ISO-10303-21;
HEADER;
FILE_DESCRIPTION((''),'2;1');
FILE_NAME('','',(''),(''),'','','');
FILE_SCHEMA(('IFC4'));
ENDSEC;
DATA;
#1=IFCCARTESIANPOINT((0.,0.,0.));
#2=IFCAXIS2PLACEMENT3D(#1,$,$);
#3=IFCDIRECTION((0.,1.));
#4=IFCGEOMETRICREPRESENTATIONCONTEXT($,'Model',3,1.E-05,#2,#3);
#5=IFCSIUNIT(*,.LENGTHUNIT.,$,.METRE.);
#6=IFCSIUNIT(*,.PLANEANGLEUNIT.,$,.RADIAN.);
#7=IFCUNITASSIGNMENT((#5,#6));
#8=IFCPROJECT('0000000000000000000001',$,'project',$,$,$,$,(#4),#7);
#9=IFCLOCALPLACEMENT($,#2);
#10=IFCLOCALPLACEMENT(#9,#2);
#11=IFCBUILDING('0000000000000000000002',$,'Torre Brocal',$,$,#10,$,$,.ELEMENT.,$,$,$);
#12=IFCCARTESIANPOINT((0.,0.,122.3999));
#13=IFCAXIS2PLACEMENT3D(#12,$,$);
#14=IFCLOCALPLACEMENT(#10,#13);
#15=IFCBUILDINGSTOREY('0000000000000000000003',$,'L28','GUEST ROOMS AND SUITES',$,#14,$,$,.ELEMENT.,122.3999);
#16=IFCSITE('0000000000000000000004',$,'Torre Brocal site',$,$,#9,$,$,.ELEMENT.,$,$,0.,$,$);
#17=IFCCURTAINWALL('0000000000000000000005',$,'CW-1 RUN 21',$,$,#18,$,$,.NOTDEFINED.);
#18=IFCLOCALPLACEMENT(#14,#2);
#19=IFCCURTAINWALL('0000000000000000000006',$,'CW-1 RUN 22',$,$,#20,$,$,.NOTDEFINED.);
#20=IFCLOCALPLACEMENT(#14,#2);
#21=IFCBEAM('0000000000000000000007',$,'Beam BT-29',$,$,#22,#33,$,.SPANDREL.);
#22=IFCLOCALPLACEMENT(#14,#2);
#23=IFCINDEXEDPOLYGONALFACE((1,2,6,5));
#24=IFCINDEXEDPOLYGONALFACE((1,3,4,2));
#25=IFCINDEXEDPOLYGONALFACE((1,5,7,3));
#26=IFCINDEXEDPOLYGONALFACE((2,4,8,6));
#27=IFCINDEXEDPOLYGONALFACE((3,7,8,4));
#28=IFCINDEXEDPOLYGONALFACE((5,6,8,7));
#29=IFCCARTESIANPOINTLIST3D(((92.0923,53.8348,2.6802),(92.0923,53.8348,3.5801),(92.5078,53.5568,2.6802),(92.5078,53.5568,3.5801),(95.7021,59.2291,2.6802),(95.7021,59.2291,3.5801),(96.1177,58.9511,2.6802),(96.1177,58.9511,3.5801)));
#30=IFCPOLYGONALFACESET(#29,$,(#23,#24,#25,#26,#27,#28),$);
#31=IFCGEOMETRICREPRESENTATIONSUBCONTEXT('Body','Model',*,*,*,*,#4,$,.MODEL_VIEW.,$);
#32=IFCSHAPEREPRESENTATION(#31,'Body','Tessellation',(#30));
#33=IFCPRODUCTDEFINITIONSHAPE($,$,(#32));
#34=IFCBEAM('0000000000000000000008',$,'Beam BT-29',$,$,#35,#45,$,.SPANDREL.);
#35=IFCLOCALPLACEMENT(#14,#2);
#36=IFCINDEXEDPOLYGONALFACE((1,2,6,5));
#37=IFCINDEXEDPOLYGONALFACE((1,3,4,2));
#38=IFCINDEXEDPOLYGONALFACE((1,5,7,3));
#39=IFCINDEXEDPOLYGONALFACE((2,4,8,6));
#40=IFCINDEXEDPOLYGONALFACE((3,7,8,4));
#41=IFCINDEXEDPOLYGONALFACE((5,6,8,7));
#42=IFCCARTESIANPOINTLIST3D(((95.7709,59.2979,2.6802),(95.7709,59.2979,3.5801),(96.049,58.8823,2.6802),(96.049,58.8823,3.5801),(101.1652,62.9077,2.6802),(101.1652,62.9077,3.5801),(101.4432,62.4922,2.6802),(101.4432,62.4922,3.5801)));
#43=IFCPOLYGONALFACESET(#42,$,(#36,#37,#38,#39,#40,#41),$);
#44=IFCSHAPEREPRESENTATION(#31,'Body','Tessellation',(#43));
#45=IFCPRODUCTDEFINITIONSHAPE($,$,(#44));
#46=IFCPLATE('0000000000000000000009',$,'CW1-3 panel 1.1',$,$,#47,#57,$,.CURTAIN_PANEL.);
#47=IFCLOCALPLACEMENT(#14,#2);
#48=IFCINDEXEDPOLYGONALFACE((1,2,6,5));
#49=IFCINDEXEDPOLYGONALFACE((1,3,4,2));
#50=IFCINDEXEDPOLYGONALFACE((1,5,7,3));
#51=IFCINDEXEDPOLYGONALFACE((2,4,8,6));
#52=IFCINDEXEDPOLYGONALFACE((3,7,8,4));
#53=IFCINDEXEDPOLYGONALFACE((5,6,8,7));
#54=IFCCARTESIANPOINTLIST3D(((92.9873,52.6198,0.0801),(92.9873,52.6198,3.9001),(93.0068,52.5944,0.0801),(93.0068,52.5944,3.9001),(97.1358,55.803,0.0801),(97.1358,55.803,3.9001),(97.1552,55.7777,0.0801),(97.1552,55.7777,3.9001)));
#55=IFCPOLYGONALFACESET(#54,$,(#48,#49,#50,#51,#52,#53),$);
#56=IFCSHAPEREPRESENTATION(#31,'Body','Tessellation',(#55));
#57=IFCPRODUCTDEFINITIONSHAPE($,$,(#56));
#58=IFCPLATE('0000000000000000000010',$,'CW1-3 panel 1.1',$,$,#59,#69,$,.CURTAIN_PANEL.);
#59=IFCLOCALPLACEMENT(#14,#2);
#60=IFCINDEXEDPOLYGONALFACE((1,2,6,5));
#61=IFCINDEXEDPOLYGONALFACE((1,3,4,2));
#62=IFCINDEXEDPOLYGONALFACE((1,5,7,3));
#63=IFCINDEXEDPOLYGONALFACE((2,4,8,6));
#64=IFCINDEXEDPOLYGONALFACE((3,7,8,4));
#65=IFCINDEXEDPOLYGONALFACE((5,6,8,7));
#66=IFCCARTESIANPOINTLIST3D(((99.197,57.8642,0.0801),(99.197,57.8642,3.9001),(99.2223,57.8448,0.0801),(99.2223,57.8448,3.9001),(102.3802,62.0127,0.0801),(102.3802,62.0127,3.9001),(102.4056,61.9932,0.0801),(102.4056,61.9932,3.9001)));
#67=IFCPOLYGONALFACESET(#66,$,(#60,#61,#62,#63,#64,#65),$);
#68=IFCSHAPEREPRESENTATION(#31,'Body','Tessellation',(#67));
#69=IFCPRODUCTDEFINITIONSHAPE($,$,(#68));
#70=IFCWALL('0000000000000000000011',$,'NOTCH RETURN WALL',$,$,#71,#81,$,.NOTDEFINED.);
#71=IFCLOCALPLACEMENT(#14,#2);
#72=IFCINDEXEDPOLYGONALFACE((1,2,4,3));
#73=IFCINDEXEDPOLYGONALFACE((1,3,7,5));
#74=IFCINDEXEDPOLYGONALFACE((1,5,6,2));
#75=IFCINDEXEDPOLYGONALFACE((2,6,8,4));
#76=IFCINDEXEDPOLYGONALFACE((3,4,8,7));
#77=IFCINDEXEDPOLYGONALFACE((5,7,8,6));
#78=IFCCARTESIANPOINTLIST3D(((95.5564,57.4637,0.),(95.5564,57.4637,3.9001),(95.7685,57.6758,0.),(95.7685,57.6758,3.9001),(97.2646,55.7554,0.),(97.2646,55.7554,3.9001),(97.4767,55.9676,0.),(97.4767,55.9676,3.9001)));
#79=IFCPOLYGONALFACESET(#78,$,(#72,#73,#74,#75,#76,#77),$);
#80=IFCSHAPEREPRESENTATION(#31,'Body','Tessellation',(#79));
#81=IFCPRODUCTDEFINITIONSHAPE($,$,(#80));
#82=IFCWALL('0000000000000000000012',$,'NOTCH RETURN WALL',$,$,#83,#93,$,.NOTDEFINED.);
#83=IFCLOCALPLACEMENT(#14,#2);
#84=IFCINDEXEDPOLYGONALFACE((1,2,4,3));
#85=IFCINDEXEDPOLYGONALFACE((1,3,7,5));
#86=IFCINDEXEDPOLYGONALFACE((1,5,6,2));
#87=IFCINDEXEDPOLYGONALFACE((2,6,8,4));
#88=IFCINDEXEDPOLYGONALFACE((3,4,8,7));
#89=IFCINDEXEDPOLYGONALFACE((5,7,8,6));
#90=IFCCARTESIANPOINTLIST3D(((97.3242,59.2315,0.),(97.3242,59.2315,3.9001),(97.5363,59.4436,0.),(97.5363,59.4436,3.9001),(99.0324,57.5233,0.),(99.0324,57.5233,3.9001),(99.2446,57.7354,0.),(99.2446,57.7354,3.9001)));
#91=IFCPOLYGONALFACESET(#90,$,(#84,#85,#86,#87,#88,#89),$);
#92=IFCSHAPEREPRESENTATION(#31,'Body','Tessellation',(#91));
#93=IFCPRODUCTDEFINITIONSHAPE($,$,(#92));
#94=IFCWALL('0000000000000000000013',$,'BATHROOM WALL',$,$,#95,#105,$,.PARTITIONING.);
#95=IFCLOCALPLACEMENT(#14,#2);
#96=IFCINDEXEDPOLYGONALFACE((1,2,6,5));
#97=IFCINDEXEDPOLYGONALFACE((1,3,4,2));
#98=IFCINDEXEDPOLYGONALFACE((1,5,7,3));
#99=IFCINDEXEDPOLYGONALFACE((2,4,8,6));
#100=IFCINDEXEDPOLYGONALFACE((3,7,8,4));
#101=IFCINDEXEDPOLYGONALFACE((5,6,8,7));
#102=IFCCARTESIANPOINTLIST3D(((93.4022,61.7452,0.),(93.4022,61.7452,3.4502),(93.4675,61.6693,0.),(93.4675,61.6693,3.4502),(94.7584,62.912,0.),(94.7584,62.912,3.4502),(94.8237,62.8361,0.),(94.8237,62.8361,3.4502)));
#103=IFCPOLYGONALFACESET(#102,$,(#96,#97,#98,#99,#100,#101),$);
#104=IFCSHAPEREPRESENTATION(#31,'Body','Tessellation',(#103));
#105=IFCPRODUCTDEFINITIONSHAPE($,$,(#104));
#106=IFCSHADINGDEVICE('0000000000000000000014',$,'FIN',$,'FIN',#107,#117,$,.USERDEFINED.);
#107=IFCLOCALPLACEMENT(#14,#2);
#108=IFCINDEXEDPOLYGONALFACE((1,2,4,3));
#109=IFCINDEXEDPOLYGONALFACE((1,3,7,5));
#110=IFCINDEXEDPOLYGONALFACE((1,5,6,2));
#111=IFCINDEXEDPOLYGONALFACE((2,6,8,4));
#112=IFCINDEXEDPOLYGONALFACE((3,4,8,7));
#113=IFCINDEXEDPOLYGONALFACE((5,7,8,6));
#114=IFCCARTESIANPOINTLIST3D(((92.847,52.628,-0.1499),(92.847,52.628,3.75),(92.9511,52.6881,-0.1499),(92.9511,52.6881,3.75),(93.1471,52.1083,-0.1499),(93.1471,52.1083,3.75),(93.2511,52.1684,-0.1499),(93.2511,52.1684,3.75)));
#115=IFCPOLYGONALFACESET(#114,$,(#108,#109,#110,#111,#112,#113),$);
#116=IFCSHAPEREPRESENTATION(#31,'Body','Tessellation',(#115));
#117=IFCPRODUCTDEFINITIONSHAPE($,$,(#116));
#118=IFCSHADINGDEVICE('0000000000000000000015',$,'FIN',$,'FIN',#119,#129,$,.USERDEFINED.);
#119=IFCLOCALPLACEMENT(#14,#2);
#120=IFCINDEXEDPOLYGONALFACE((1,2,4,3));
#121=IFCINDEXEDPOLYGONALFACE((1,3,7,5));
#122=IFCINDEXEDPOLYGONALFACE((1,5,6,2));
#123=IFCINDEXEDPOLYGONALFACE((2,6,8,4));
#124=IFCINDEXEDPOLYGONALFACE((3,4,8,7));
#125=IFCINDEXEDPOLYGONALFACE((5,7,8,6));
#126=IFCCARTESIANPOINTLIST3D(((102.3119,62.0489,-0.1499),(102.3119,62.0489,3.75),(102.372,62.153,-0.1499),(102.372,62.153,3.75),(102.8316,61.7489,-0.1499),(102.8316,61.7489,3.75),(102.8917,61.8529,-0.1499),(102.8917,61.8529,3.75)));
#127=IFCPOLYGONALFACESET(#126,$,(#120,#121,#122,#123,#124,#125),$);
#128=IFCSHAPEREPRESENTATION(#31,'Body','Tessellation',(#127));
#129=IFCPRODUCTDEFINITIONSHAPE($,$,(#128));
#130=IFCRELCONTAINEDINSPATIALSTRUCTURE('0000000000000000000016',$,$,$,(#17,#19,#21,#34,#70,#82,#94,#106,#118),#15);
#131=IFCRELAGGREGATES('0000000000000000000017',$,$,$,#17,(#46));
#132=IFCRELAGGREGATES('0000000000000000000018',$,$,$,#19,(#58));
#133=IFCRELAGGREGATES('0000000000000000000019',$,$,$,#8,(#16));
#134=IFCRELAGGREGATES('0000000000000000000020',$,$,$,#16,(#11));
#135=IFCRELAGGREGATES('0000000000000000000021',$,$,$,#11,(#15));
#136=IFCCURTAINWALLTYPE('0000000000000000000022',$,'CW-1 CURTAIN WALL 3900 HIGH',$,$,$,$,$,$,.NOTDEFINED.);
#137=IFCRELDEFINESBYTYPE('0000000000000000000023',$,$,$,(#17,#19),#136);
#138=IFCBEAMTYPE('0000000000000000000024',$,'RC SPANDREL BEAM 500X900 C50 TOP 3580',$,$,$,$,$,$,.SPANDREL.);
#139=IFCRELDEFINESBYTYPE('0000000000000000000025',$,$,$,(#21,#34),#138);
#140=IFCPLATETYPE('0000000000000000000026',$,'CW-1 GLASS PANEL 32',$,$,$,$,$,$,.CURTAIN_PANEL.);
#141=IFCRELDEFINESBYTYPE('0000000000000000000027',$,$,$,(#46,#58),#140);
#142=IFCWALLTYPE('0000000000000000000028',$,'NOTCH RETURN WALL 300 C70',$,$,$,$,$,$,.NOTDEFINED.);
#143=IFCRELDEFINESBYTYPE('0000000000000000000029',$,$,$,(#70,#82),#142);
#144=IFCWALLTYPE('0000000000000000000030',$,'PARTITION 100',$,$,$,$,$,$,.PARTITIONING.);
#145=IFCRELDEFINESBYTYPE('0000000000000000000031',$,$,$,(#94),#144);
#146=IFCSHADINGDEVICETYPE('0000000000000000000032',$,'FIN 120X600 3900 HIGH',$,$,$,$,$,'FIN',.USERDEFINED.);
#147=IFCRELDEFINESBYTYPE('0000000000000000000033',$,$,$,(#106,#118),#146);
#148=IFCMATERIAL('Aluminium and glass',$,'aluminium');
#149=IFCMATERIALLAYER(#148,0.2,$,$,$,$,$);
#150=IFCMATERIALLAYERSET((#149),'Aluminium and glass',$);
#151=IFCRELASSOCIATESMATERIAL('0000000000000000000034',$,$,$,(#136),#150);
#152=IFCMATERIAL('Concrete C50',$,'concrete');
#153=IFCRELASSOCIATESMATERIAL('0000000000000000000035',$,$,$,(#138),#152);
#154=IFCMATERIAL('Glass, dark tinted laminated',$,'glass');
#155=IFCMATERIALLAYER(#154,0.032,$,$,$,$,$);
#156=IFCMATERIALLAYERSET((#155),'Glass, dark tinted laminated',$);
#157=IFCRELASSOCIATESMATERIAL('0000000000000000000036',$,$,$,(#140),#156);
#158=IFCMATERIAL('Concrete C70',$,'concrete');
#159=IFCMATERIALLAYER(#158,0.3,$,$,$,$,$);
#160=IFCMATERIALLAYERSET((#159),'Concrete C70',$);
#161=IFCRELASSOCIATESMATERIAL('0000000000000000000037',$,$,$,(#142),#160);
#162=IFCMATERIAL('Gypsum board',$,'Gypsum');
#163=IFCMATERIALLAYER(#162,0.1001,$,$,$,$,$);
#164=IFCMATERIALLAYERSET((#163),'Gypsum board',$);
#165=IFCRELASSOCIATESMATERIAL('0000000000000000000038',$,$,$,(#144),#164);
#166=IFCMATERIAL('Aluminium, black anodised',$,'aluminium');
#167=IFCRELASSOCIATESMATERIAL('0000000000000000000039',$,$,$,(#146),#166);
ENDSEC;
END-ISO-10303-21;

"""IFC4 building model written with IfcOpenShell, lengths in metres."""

from ifc_helpers import new_model, si_unit, direction, frame, frame_2d, origin, origin_2d, place, context, subcontext, project, spatial, rectangle, extrude, material, layer, layer_set, material_profile, profile_set, type_object, element, aggregate, save


model = new_model("IFC4")

# Units and contexts
model_context = context("Model", 3, precision=1e-05, world=origin(), true_north=direction((0.0, 1.0)))
body_context = subcontext(model_context, "Body", "Model", "MODEL_VIEW")
ifc_project = project(units=[si_unit("LENGTHUNIT", "METRE"), si_unit("PLANEANGLEUNIT", "RADIAN")], contexts=[model_context])

# Site, building, storey
site_placement = place(None, origin())
site = spatial("IfcSite", under=ifc_project, at=site_placement, Name="Torre Brocal site", CompositionType="ELEMENT", RefElevation=0.0)
building_placement = place(site_placement, origin())
building = spatial("IfcBuilding", under=site, at=building_placement, Name="Torre Brocal", CompositionType="ELEMENT")
storey_placement = place(building_placement, frame((0.0, 0.0, 122.3999)))
storey = spatial("IfcBuildingStorey", under=building, at=storey_placement, Name="L28", Description="GUEST ROOMS AND SUITES", CompositionType="ELEMENT", Elevation=122.3999)

# Shared definitions
ifc_material_1 = material(Name="Aluminium and glass", Category="aluminium")
ifc_layer_1 = layer(ifc_material_1, 0.2)
ifc_layer_set_1 = layer_set([ifc_layer_1], Name="Aluminium and glass")
curtain_wall_type = type_object("IfcCurtainWallType", Name="CW-1 CURTAIN WALL 3900 HIGH", PredefinedType="NOTDEFINED", material=ifc_layer_set_1)

# Curtain walls
curtain_wall_1_placement = place(storey_placement, origin())
curtain_wall_1 = element("IfcCurtainWall", 1, at=curtain_wall_1_placement, inside=storey, type_object=curtain_wall_type, Name="CW-1 RUN 21", PredefinedType="NOTDEFINED")
curtain_wall_2_placement = place(storey_placement, origin())
curtain_wall_2 = element("IfcCurtainWall", 2, at=curtain_wall_2_placement, inside=storey, type_object=curtain_wall_type, Name="CW-1 RUN 22", PredefinedType="NOTDEFINED")

# Beams
ifc_material_2 = material(Name="Concrete C50", Category="concrete")
ifc_material_profile_1 = material_profile(ifc_material_2, rectangle(XDim=0.5, YDim=0.8999, at=origin_2d()), Name="RC 500X900")
ifc_profile_set_1 = profile_set([ifc_material_profile_1], Name="Concrete C50")
beam_type_1 = type_object("IfcBeamType", Name="RC SPANDREL BEAM 500X900 C50 TOP 3580", PredefinedType="SPANDREL", material=ifc_profile_set_1)
for number, where, z_axis, x_axis, name in (
    (3, (92.3, 53.6958, 3.1301), (0.556158, 0.831077, 0.0), (-0.831077, 0.556158, 0.0), "Beam BT-29"),
    (4, (95.9099, 59.0901, 3.1301), (0.831077, 0.556158, 0.0), (-0.556158, 0.831077, 0.0), "Beam BT-29"),
):
    element("IfcBeam", number, at=place(storey_placement, frame(where, z_axis=z_axis, x_axis=x_axis)), inside=storey, type_object=beam_type_1, Name=name, PredefinedType="SPANDREL", context=body_context, shape_type="SweptSolid", body=[
        extrude(rectangle(XDim=0.5, YDim=0.8999, at=origin_2d()), origin(), (0.0, 0.0, 1.0), 6.4907),
    ])

# Plates
ifc_material_3 = material(Name="Glass, dark tinted laminated", Category="glass")
ifc_layer_2 = layer(ifc_material_3, 0.032)
ifc_layer_set_2 = layer_set([ifc_layer_2], Name="Glass, dark tinted laminated")
plate_type = type_object("IfcPlateType", Name="CW-1 GLASS PANEL 32", PredefinedType="CURTAIN_PANEL", material=ifc_layer_set_2)
plate_1_placement = place(storey_placement, frame((95.0713, 54.1987, 0.0801), z_axis=(0.0, 0.0, 1.0), x_axis=(0.793353, 0.608761, 0.0)))
plate_1 = element("IfcPlate", 5, at=plate_1_placement, type_object=plate_type, Name="CW1-3 panel 1.1", PredefinedType="CURTAIN_PANEL", context=body_context, shape_type="SweptSolid", body=[
    extrude(rectangle(XDim=5.229, YDim=0.032, at=origin_2d()), origin(), (0.0, 0.0, 1.0), 3.8201),
])
aggregate(curtain_wall_1, [plate_1])
plate_2_placement = place(storey_placement, frame((100.8013, 59.9287, 0.0801), z_axis=(0.0, 0.0, 1.0), x_axis=(0.608761, 0.793353, 0.0)))
plate_2 = element("IfcPlate", 6, at=plate_2_placement, type_object=plate_type, Name="CW1-3 panel 1.1", PredefinedType="CURTAIN_PANEL", context=body_context, shape_type="SweptSolid", body=[
    extrude(rectangle(XDim=5.229, YDim=0.032, at=origin_2d()), origin(), (0.0, 0.0, 1.0), 3.8201),
])
aggregate(curtain_wall_2, [plate_2])

# Walls
ifc_material_4 = material(Name="Concrete C70", Category="concrete")
ifc_layer_3 = layer(ifc_material_4, 0.3)
ifc_layer_set_3 = layer_set([ifc_layer_3], Name="Concrete C70")
wall_type_1 = type_object("IfcWallType", Name="NOTCH RETURN WALL 300 C70", PredefinedType="NOTDEFINED", material=ifc_layer_set_3)
for number, where, z_axis, x_axis, name in (
    (7, (95.6624, 57.5698, 0.0), (0.0, 0.0, 1.0), (0.707107, -0.707107, 0.0), "NOTCH RETURN WALL"),
    (8, (97.4302, 59.3376, 0.0), (0.0, 0.0, 1.0), (0.707107, -0.707107, 0.0), "NOTCH RETURN WALL"),
):
    element("IfcWall", number, at=place(storey_placement, frame(where, z_axis=z_axis, x_axis=x_axis)), inside=storey, type_object=wall_type_1, Name=name, PredefinedType="NOTDEFINED", context=body_context, shape_type="SweptSolid", body=[
        extrude(rectangle(XDim=2.4158, YDim=0.3, at=frame_2d((1.208, 0.0))), origin(), (0.0, 0.0, 1.0), 3.9001),
    ])
ifc_material_5 = material(Name="Gypsum board", Category="Gypsum")
ifc_layer_4 = layer(ifc_material_5, 0.1001)
ifc_layer_set_4 = layer_set([ifc_layer_4], Name="Gypsum board")
wall_type_2 = type_object("IfcWallType", Name="PARTITION 100", PredefinedType="PARTITIONING", material=ifc_layer_set_4)
wall_placement = place(storey_placement, frame((93.4348, 61.7073, 0.0), z_axis=(0.0, 0.0, 1.0), x_axis=(0.75807, 0.652173, 0.0)))
element("IfcWall", 9, at=wall_placement, inside=storey, type_object=wall_type_2, Name="BATHROOM WALL", PredefinedType="PARTITIONING", context=body_context, shape_type="SweptSolid", body=[
    extrude(rectangle(XDim=1.7891, YDim=0.1001, at=frame_2d((0.8945, 0.0))), origin(), (0.0, 0.0, 1.0), 3.4502),
])

# Shading devices
ifc_material_6 = material(Name="Aluminium, black anodised", Category="aluminium")
ifc_material_profile_2 = material_profile(ifc_material_6, rectangle(XDim=0.1201, YDim=0.6001, at=origin_2d()), Name="FIN 120X600 3900 HIGH")
ifc_profile_set_2 = profile_set([ifc_material_profile_2], Name="Aluminium, black anodised")
shading_device_type = type_object("IfcShadingDeviceType", Name="FIN 120X600 3900 HIGH", ElementType="FIN", PredefinedType="USERDEFINED", material=ifc_profile_set_2)
for number, where, z_axis, x_axis, name in (
    (10, (93.0491, 52.3982, -0.1499), (0.0, 0.0, 1.0), (0.866025, 0.5, 0.0), "FIN"),
    (11, (102.6018, 61.9509, -0.1499), (0.0, 0.0, 1.0), (0.5, 0.866025, 0.0), "FIN"),
):
    element("IfcShadingDevice", number, at=place(storey_placement, frame(where, z_axis=z_axis, x_axis=x_axis)), inside=storey, type_object=shading_device_type, Name=name, ObjectType="FIN", PredefinedType="USERDEFINED", context=body_context, shape_type="SweptSolid", body=[
        extrude(rectangle(XDim=0.1201, YDim=0.6001, at=origin_2d()), origin(), (0.0, 0.0, 1.0), 3.8999),
    ])

save(model, "model.ifc")
